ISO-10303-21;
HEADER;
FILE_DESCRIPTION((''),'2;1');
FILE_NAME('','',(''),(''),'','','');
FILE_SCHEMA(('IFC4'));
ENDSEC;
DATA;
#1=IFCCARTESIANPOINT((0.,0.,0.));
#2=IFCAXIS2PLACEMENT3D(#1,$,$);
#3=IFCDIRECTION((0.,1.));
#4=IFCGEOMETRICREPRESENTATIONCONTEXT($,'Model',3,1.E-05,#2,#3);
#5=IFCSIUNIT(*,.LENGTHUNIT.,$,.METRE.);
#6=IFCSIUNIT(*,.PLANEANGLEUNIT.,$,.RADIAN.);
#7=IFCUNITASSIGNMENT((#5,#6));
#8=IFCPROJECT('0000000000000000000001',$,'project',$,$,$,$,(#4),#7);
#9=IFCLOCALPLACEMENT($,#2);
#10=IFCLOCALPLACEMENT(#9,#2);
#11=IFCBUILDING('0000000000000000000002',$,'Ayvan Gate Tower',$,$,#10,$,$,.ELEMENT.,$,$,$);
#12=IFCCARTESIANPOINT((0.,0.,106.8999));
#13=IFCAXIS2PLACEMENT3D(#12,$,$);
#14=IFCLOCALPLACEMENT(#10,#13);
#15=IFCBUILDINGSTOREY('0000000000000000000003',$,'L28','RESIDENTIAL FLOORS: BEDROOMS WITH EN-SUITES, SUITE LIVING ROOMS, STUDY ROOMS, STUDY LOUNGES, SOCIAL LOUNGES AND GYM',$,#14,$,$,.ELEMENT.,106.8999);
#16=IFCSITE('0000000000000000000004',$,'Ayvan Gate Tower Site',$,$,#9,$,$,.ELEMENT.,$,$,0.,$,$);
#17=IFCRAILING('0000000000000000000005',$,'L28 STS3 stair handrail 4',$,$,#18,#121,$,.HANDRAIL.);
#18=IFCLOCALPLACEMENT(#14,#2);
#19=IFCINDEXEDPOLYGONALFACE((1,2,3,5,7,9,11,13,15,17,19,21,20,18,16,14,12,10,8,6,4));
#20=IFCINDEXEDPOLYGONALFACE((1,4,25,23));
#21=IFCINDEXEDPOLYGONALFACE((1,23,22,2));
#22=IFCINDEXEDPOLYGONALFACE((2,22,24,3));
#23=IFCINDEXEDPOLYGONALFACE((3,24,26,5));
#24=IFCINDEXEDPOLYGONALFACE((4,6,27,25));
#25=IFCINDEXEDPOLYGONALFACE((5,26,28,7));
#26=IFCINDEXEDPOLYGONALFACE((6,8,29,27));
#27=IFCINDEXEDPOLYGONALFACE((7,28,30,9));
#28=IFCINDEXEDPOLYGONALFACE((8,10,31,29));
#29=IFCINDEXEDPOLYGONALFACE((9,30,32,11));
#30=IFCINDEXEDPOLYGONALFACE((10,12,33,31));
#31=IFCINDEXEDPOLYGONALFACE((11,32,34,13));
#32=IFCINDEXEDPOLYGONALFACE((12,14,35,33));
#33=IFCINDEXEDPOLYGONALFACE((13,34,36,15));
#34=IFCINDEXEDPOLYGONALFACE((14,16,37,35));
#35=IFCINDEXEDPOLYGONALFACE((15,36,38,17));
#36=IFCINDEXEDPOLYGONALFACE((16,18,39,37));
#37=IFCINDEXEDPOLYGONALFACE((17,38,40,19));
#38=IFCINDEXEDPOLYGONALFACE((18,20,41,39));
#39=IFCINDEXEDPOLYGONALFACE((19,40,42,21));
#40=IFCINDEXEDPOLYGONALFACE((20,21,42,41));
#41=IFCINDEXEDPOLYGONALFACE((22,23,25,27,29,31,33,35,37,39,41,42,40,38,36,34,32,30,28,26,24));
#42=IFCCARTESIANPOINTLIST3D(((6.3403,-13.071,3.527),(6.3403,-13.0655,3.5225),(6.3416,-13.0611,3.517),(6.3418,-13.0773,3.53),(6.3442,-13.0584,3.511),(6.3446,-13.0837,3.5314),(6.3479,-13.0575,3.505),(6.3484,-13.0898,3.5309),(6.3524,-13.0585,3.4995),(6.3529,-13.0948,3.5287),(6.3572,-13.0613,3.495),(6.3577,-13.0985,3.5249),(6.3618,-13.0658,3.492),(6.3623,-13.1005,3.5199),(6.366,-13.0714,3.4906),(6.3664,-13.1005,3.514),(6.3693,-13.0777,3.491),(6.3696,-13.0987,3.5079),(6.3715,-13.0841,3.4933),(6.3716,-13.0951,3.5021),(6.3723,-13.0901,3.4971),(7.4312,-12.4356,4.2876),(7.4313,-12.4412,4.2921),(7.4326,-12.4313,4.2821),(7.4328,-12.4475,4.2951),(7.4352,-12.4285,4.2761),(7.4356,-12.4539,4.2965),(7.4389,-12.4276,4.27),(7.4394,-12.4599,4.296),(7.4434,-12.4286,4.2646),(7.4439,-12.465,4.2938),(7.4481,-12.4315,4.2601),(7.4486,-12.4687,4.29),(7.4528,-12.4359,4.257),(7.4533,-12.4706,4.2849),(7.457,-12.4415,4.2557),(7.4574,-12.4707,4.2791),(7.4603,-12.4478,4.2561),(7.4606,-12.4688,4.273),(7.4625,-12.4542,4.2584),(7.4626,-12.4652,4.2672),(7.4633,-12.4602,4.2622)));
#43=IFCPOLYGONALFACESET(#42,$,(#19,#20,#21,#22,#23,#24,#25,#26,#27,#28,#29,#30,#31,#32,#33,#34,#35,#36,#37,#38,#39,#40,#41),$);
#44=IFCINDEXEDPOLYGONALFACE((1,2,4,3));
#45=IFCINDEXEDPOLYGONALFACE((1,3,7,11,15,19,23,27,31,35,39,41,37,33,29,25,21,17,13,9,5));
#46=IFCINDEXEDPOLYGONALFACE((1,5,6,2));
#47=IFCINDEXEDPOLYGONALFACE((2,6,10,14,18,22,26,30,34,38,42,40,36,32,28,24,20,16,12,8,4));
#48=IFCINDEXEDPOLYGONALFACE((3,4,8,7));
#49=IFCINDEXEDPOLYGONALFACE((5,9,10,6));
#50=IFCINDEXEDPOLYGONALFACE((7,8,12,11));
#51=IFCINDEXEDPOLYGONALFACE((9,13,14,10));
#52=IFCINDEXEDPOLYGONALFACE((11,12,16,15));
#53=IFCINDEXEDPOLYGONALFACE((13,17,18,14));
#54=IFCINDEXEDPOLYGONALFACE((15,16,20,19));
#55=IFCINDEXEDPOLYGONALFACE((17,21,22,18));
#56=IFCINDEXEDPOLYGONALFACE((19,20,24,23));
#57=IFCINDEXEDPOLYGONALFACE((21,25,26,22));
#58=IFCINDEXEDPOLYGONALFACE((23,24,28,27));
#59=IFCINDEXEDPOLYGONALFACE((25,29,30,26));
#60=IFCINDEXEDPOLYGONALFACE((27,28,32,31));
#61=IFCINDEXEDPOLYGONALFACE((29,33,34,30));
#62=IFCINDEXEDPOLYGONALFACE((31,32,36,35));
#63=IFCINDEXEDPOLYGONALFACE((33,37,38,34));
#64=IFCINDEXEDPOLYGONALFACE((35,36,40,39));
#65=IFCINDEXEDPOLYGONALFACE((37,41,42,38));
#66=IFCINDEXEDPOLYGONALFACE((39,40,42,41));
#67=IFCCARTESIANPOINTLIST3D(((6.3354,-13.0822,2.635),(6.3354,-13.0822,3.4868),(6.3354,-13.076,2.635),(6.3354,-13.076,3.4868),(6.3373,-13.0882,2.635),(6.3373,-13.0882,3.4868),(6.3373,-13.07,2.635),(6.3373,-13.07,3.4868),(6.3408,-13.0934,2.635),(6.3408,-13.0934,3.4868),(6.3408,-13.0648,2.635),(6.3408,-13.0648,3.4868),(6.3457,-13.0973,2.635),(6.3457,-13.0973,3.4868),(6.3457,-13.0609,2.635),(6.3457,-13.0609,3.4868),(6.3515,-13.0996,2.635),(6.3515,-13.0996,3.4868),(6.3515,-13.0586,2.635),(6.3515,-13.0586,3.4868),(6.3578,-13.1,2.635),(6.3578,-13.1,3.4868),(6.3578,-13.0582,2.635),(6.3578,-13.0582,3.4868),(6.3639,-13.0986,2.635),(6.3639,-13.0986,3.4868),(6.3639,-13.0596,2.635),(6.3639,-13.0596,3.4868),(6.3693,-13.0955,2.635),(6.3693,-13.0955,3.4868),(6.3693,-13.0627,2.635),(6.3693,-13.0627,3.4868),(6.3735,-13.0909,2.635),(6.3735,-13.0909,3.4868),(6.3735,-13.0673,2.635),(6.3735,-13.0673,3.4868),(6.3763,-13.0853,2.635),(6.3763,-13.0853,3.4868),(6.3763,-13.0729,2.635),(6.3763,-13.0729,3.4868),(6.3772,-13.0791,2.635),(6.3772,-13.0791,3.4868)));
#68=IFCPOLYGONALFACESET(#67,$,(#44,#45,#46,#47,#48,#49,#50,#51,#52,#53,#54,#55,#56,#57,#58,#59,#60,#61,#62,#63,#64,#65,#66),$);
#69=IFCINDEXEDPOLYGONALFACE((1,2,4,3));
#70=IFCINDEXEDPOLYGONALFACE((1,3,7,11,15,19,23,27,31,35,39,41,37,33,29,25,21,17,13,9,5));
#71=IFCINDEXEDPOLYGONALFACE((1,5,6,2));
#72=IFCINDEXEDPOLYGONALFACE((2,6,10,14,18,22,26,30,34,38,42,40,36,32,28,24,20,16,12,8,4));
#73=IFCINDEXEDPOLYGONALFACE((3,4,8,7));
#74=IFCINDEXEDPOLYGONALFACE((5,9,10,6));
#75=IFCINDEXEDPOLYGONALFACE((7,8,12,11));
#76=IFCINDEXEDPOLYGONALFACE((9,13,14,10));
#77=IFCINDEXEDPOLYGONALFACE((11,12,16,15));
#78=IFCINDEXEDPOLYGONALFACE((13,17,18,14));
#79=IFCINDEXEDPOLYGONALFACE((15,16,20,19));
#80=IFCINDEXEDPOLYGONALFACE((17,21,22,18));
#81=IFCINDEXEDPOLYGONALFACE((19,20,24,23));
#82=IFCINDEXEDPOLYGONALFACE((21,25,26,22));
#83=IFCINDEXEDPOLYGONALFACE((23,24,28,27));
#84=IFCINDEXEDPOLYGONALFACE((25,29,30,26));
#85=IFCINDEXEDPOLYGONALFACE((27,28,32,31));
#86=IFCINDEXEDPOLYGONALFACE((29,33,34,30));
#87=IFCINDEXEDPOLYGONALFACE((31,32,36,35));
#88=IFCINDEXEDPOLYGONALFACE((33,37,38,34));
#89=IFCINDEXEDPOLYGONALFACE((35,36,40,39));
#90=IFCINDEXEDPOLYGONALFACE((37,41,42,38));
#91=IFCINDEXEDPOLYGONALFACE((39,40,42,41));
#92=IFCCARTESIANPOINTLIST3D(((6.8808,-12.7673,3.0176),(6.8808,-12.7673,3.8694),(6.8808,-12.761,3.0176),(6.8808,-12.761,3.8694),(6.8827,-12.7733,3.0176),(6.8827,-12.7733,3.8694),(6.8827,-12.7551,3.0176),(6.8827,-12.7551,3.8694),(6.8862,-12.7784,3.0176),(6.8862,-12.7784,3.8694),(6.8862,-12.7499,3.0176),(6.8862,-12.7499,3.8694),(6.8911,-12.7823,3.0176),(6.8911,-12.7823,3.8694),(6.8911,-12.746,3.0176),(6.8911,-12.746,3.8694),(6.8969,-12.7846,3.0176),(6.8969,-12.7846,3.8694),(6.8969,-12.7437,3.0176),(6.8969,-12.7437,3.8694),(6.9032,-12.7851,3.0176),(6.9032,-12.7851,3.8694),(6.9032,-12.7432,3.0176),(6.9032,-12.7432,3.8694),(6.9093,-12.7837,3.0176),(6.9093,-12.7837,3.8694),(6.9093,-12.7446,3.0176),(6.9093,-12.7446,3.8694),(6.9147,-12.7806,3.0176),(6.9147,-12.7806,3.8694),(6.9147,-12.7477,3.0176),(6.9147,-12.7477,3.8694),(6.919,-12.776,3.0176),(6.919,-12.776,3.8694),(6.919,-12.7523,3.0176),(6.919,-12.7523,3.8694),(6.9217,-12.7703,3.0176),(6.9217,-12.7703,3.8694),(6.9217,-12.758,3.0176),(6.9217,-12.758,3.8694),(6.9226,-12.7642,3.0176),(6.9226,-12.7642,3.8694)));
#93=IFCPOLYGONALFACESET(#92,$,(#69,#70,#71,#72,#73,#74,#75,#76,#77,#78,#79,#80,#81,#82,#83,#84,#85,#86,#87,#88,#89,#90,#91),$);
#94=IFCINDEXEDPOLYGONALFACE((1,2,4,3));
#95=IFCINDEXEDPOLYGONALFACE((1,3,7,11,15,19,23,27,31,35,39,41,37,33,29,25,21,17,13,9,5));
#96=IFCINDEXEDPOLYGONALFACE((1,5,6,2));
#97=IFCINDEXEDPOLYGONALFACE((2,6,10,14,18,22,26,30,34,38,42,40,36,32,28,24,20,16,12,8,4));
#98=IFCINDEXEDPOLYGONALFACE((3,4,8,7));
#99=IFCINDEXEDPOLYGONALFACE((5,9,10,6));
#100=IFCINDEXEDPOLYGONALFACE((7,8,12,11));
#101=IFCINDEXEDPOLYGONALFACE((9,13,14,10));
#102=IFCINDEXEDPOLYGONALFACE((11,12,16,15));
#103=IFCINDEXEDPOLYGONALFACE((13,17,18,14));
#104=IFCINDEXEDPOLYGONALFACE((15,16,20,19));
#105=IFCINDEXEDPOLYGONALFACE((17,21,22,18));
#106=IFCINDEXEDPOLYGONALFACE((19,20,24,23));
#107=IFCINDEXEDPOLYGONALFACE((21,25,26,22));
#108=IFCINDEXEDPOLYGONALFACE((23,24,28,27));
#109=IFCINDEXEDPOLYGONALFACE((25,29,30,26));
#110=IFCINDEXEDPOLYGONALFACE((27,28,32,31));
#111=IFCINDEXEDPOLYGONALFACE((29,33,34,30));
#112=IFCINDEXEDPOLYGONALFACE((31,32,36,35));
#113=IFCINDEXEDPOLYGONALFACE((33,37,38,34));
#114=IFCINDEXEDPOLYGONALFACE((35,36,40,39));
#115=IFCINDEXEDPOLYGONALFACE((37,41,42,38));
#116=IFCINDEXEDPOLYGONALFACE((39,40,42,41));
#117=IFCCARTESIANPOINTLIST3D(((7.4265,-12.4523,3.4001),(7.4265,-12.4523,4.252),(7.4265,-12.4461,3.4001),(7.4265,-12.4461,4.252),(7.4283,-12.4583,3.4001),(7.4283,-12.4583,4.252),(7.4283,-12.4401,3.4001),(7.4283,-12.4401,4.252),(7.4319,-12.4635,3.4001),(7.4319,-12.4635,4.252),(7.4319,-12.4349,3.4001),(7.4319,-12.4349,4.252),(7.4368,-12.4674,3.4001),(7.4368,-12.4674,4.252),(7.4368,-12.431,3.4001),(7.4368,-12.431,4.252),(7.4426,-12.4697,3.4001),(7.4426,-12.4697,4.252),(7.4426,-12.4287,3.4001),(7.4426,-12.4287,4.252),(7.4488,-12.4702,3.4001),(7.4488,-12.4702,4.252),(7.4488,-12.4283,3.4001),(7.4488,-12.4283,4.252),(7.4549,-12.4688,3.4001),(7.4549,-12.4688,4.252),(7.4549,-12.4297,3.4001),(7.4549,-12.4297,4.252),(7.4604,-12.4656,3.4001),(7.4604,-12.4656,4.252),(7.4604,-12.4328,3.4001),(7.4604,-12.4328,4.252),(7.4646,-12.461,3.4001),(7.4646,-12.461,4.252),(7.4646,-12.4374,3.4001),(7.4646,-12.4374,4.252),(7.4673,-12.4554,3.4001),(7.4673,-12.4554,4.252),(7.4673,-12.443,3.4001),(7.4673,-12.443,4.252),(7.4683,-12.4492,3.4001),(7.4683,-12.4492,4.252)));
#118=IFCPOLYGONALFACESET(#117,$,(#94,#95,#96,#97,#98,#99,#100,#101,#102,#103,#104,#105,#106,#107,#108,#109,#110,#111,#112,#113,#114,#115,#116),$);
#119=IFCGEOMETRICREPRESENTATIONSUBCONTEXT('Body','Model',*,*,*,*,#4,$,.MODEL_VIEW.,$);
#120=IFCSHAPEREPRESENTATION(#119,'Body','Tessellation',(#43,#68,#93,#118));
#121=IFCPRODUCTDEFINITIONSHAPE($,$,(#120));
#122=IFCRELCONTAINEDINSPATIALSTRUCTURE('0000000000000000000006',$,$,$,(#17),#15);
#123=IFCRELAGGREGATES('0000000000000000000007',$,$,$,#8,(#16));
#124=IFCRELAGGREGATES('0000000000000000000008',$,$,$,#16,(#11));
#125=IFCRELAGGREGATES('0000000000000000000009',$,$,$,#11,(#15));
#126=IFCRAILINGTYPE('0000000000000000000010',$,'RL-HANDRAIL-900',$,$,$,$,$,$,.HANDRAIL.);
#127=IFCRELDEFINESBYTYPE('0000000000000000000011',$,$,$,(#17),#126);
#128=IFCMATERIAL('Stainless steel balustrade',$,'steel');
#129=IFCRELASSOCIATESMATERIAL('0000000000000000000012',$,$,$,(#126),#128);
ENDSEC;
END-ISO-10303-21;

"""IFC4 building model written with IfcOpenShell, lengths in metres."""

from ifc_helpers import new_model, si_unit, direction, frame, origin, origin_2d, place, context, subcontext, project, spatial, circle, extrude, material, type_object, element, save


model = new_model("IFC4")

# Units and contexts
model_context = context("Model", 3, precision=1e-05, world=origin(), true_north=direction((0.0, 1.0)))
body_context = subcontext(model_context, "Body", "Model", "MODEL_VIEW")
ifc_project = project(units=[si_unit("LENGTHUNIT", "METRE"), si_unit("PLANEANGLEUNIT", "RADIAN")], contexts=[model_context])

# Site, building, storey
site_placement = place(None, origin())
site = spatial("IfcSite", under=ifc_project, at=site_placement, Name="Ayvan Gate Tower Site", CompositionType="ELEMENT", RefElevation=0.0)
building_placement = place(site_placement, origin())
building = spatial("IfcBuilding", under=site, at=building_placement, Name="Ayvan Gate Tower", CompositionType="ELEMENT")
storey_placement = place(building_placement, frame((0.0, 0.0, 106.8999)))
storey = spatial("IfcBuildingStorey", under=building, at=storey_placement, Name="L28", Description="RESIDENTIAL FLOORS: BEDROOMS WITH EN-SUITES, SUITE LIVING ROOMS, STUDY ROOMS, STUDY LOUNGES, SOCIAL LOUNGES AND GYM", CompositionType="ELEMENT", Elevation=106.8999)

# Railing
ifc_material_1 = material(Name="Stainless steel balustrade", Category="steel")
railing_type_1 = type_object("IfcRailingType", Name="RL-HANDRAIL-900", PredefinedType="HANDRAIL", material=ifc_material_1)
railing_1_placement = place(storey_placement, frame((6.3562, -13.0791, 2.635)))
element("IfcRailing", 1, at=railing_1_placement, inside=storey, type_object=railing_type_1, Name="L28 STS3 stair handrail 4", PredefinedType="HANDRAIL", context=body_context, shape_type="SweptSolid", body=[
    extrude(circle(Radius=0.0239, at=origin_2d()), frame((0.0, 0.0, 0.876), z_axis=(0.740218, 0.427336, 0.519097), x_axis=(-0.499974, 0.86604, 0.0)), (0.0, 0.0, 1.0), 1.4739),
    extrude(circle(Radius=0.021, at=origin_2d()), origin(), (0.0, 0.0, 1.0), 0.8518),
    extrude(circle(Radius=0.021, at=origin_2d()), frame((0.5454, 0.3149, 0.3826)), (0.0, 0.0, 1.0), 0.8518),
    extrude(circle(Radius=0.021, at=origin_2d()), frame((1.0911, 0.6299, 0.7651)), (0.0, 0.0, 1.0), 0.8518),
])

save(model, "model.ifc")
